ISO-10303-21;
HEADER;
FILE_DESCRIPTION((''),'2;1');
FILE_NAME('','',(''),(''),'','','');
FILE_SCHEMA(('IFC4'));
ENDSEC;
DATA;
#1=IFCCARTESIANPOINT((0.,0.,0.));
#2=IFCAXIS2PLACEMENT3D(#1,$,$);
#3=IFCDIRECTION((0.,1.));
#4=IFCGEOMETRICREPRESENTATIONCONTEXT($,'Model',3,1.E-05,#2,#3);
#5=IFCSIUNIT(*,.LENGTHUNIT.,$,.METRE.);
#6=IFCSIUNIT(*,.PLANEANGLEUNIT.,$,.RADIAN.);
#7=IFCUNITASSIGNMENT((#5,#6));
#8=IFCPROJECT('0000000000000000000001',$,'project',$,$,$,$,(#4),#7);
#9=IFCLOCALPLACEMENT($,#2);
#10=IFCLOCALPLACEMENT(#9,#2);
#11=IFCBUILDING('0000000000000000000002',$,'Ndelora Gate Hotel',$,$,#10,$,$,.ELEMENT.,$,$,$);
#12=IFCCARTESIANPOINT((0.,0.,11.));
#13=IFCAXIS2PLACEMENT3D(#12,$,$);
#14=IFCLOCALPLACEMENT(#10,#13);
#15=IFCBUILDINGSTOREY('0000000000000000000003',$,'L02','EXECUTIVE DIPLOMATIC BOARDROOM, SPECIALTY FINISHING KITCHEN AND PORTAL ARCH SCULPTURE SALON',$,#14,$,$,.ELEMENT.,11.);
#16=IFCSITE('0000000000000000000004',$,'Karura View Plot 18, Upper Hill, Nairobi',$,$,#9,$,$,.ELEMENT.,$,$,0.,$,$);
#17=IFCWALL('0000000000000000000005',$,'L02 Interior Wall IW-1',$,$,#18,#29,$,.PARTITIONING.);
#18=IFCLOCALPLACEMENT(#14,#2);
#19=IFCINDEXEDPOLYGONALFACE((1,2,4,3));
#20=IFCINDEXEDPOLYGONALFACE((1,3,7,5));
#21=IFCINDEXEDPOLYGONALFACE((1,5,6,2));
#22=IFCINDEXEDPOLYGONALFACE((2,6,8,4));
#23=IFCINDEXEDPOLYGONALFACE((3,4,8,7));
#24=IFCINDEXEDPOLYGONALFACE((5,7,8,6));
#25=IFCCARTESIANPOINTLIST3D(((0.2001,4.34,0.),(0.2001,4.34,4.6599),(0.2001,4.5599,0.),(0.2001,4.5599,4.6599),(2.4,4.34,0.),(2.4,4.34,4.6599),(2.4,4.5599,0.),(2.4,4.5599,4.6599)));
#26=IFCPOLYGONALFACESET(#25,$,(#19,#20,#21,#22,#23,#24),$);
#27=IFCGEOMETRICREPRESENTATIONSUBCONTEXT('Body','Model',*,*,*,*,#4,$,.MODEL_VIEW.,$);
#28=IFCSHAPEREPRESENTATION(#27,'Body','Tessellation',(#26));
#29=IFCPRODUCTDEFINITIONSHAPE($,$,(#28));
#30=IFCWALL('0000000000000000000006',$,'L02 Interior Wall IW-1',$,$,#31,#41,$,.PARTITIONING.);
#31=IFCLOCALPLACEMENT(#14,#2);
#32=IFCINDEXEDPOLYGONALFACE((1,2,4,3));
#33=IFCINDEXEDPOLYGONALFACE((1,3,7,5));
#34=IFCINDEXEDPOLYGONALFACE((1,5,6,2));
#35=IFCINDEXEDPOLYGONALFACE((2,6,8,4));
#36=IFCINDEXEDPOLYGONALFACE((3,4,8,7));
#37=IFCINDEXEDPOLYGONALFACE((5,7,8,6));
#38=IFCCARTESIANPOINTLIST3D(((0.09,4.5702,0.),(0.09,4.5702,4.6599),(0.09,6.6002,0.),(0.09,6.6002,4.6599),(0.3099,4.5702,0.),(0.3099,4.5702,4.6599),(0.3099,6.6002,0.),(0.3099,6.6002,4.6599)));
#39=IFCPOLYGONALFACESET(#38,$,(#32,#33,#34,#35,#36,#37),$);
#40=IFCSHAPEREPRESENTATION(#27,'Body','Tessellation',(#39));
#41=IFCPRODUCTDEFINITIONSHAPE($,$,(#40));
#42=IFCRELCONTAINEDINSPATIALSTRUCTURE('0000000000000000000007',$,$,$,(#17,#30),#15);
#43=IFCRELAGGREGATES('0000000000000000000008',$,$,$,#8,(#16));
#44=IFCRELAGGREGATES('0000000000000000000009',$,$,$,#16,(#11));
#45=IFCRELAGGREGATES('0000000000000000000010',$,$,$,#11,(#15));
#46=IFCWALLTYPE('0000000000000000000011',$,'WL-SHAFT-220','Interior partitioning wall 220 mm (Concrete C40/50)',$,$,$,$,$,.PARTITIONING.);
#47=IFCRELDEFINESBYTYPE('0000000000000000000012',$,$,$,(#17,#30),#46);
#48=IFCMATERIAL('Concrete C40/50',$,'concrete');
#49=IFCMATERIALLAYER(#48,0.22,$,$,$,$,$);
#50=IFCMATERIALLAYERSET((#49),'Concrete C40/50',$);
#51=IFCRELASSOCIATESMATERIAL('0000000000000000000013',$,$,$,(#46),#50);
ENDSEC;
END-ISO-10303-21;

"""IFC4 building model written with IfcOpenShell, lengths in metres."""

from ifc_helpers import new_model, si_unit, direction, frame, frame_2d, origin, place, context, subcontext, project, spatial, rectangle, extrude, material, layer, layer_set, type_object, element, save


model = new_model("IFC4")

# Units and contexts
model_context = context("Model", 3, precision=1e-05, world=origin(), true_north=direction((0.0, 1.0)))
body_context = subcontext(model_context, "Body", "Model", "MODEL_VIEW")
ifc_project = project(units=[si_unit("LENGTHUNIT", "METRE"), si_unit("PLANEANGLEUNIT", "RADIAN")], contexts=[model_context])

# Site, building, storey
site_placement = place(None, origin())
site = spatial("IfcSite", under=ifc_project, at=site_placement, Name="Karura View Plot 18, Upper Hill, Nairobi", CompositionType="ELEMENT", RefElevation=0.0)
building_placement = place(site_placement, origin())
building = spatial("IfcBuilding", under=site, at=building_placement, Name="Ndelora Gate Hotel", CompositionType="ELEMENT")
storey_placement = place(building_placement, frame((0.0, 0.0, 11.0)))
storey = spatial("IfcBuildingStorey", under=building, at=storey_placement, Name="L02", Description="EXECUTIVE DIPLOMATIC BOARDROOM, SPECIALTY FINISHING KITCHEN AND PORTAL ARCH SCULPTURE SALON", CompositionType="ELEMENT", Elevation=11.0)

# Shared definitions
ifc_material_1 = material(Name="Concrete C40/50", Category="concrete")
ifc_layer_1 = layer(ifc_material_1, 0.22)
ifc_layer_set_1 = layer_set([ifc_layer_1], Name="Concrete C40/50")
wall_type = type_object("IfcWallType", Name="WL-SHAFT-220", Description="Interior partitioning wall 220 mm (Concrete C40/50)", PredefinedType="PARTITIONING", material=ifc_layer_set_1)

# Walls
wall_1_placement = place(storey_placement, frame((0.2, 4.45, 0.0), z_axis=(0.0, 0.0, 1.0), x_axis=(1.0, 0.0, 0.0)))
element("IfcWall", 1, at=wall_1_placement, inside=storey, type_object=wall_type, Name="L02 Interior Wall IW-1", PredefinedType="PARTITIONING", context=body_context, shape_type="SweptSolid", body=[
    extrude(rectangle(XDim=2.2, YDim=0.22, at=frame_2d((1.1001, 0.0))), origin(), (0.0, 0.0, 1.0), 4.6599),
])
wall_2_placement = place(storey_placement, frame((0.2, 4.5701, 0.0), z_axis=(0.0, 0.0, 1.0), x_axis=(0.0, 1.0, 0.0)))
element("IfcWall", 2, at=wall_2_placement, inside=storey, type_object=wall_type, Name="L02 Interior Wall IW-1", PredefinedType="PARTITIONING", context=body_context, shape_type="SweptSolid", body=[
    extrude(rectangle(XDim=2.03, YDim=0.22, at=frame_2d((1.0151, 0.0))), origin(), (0.0, 0.0, 1.0), 4.6599),
])

save(model, "model.ifc")
